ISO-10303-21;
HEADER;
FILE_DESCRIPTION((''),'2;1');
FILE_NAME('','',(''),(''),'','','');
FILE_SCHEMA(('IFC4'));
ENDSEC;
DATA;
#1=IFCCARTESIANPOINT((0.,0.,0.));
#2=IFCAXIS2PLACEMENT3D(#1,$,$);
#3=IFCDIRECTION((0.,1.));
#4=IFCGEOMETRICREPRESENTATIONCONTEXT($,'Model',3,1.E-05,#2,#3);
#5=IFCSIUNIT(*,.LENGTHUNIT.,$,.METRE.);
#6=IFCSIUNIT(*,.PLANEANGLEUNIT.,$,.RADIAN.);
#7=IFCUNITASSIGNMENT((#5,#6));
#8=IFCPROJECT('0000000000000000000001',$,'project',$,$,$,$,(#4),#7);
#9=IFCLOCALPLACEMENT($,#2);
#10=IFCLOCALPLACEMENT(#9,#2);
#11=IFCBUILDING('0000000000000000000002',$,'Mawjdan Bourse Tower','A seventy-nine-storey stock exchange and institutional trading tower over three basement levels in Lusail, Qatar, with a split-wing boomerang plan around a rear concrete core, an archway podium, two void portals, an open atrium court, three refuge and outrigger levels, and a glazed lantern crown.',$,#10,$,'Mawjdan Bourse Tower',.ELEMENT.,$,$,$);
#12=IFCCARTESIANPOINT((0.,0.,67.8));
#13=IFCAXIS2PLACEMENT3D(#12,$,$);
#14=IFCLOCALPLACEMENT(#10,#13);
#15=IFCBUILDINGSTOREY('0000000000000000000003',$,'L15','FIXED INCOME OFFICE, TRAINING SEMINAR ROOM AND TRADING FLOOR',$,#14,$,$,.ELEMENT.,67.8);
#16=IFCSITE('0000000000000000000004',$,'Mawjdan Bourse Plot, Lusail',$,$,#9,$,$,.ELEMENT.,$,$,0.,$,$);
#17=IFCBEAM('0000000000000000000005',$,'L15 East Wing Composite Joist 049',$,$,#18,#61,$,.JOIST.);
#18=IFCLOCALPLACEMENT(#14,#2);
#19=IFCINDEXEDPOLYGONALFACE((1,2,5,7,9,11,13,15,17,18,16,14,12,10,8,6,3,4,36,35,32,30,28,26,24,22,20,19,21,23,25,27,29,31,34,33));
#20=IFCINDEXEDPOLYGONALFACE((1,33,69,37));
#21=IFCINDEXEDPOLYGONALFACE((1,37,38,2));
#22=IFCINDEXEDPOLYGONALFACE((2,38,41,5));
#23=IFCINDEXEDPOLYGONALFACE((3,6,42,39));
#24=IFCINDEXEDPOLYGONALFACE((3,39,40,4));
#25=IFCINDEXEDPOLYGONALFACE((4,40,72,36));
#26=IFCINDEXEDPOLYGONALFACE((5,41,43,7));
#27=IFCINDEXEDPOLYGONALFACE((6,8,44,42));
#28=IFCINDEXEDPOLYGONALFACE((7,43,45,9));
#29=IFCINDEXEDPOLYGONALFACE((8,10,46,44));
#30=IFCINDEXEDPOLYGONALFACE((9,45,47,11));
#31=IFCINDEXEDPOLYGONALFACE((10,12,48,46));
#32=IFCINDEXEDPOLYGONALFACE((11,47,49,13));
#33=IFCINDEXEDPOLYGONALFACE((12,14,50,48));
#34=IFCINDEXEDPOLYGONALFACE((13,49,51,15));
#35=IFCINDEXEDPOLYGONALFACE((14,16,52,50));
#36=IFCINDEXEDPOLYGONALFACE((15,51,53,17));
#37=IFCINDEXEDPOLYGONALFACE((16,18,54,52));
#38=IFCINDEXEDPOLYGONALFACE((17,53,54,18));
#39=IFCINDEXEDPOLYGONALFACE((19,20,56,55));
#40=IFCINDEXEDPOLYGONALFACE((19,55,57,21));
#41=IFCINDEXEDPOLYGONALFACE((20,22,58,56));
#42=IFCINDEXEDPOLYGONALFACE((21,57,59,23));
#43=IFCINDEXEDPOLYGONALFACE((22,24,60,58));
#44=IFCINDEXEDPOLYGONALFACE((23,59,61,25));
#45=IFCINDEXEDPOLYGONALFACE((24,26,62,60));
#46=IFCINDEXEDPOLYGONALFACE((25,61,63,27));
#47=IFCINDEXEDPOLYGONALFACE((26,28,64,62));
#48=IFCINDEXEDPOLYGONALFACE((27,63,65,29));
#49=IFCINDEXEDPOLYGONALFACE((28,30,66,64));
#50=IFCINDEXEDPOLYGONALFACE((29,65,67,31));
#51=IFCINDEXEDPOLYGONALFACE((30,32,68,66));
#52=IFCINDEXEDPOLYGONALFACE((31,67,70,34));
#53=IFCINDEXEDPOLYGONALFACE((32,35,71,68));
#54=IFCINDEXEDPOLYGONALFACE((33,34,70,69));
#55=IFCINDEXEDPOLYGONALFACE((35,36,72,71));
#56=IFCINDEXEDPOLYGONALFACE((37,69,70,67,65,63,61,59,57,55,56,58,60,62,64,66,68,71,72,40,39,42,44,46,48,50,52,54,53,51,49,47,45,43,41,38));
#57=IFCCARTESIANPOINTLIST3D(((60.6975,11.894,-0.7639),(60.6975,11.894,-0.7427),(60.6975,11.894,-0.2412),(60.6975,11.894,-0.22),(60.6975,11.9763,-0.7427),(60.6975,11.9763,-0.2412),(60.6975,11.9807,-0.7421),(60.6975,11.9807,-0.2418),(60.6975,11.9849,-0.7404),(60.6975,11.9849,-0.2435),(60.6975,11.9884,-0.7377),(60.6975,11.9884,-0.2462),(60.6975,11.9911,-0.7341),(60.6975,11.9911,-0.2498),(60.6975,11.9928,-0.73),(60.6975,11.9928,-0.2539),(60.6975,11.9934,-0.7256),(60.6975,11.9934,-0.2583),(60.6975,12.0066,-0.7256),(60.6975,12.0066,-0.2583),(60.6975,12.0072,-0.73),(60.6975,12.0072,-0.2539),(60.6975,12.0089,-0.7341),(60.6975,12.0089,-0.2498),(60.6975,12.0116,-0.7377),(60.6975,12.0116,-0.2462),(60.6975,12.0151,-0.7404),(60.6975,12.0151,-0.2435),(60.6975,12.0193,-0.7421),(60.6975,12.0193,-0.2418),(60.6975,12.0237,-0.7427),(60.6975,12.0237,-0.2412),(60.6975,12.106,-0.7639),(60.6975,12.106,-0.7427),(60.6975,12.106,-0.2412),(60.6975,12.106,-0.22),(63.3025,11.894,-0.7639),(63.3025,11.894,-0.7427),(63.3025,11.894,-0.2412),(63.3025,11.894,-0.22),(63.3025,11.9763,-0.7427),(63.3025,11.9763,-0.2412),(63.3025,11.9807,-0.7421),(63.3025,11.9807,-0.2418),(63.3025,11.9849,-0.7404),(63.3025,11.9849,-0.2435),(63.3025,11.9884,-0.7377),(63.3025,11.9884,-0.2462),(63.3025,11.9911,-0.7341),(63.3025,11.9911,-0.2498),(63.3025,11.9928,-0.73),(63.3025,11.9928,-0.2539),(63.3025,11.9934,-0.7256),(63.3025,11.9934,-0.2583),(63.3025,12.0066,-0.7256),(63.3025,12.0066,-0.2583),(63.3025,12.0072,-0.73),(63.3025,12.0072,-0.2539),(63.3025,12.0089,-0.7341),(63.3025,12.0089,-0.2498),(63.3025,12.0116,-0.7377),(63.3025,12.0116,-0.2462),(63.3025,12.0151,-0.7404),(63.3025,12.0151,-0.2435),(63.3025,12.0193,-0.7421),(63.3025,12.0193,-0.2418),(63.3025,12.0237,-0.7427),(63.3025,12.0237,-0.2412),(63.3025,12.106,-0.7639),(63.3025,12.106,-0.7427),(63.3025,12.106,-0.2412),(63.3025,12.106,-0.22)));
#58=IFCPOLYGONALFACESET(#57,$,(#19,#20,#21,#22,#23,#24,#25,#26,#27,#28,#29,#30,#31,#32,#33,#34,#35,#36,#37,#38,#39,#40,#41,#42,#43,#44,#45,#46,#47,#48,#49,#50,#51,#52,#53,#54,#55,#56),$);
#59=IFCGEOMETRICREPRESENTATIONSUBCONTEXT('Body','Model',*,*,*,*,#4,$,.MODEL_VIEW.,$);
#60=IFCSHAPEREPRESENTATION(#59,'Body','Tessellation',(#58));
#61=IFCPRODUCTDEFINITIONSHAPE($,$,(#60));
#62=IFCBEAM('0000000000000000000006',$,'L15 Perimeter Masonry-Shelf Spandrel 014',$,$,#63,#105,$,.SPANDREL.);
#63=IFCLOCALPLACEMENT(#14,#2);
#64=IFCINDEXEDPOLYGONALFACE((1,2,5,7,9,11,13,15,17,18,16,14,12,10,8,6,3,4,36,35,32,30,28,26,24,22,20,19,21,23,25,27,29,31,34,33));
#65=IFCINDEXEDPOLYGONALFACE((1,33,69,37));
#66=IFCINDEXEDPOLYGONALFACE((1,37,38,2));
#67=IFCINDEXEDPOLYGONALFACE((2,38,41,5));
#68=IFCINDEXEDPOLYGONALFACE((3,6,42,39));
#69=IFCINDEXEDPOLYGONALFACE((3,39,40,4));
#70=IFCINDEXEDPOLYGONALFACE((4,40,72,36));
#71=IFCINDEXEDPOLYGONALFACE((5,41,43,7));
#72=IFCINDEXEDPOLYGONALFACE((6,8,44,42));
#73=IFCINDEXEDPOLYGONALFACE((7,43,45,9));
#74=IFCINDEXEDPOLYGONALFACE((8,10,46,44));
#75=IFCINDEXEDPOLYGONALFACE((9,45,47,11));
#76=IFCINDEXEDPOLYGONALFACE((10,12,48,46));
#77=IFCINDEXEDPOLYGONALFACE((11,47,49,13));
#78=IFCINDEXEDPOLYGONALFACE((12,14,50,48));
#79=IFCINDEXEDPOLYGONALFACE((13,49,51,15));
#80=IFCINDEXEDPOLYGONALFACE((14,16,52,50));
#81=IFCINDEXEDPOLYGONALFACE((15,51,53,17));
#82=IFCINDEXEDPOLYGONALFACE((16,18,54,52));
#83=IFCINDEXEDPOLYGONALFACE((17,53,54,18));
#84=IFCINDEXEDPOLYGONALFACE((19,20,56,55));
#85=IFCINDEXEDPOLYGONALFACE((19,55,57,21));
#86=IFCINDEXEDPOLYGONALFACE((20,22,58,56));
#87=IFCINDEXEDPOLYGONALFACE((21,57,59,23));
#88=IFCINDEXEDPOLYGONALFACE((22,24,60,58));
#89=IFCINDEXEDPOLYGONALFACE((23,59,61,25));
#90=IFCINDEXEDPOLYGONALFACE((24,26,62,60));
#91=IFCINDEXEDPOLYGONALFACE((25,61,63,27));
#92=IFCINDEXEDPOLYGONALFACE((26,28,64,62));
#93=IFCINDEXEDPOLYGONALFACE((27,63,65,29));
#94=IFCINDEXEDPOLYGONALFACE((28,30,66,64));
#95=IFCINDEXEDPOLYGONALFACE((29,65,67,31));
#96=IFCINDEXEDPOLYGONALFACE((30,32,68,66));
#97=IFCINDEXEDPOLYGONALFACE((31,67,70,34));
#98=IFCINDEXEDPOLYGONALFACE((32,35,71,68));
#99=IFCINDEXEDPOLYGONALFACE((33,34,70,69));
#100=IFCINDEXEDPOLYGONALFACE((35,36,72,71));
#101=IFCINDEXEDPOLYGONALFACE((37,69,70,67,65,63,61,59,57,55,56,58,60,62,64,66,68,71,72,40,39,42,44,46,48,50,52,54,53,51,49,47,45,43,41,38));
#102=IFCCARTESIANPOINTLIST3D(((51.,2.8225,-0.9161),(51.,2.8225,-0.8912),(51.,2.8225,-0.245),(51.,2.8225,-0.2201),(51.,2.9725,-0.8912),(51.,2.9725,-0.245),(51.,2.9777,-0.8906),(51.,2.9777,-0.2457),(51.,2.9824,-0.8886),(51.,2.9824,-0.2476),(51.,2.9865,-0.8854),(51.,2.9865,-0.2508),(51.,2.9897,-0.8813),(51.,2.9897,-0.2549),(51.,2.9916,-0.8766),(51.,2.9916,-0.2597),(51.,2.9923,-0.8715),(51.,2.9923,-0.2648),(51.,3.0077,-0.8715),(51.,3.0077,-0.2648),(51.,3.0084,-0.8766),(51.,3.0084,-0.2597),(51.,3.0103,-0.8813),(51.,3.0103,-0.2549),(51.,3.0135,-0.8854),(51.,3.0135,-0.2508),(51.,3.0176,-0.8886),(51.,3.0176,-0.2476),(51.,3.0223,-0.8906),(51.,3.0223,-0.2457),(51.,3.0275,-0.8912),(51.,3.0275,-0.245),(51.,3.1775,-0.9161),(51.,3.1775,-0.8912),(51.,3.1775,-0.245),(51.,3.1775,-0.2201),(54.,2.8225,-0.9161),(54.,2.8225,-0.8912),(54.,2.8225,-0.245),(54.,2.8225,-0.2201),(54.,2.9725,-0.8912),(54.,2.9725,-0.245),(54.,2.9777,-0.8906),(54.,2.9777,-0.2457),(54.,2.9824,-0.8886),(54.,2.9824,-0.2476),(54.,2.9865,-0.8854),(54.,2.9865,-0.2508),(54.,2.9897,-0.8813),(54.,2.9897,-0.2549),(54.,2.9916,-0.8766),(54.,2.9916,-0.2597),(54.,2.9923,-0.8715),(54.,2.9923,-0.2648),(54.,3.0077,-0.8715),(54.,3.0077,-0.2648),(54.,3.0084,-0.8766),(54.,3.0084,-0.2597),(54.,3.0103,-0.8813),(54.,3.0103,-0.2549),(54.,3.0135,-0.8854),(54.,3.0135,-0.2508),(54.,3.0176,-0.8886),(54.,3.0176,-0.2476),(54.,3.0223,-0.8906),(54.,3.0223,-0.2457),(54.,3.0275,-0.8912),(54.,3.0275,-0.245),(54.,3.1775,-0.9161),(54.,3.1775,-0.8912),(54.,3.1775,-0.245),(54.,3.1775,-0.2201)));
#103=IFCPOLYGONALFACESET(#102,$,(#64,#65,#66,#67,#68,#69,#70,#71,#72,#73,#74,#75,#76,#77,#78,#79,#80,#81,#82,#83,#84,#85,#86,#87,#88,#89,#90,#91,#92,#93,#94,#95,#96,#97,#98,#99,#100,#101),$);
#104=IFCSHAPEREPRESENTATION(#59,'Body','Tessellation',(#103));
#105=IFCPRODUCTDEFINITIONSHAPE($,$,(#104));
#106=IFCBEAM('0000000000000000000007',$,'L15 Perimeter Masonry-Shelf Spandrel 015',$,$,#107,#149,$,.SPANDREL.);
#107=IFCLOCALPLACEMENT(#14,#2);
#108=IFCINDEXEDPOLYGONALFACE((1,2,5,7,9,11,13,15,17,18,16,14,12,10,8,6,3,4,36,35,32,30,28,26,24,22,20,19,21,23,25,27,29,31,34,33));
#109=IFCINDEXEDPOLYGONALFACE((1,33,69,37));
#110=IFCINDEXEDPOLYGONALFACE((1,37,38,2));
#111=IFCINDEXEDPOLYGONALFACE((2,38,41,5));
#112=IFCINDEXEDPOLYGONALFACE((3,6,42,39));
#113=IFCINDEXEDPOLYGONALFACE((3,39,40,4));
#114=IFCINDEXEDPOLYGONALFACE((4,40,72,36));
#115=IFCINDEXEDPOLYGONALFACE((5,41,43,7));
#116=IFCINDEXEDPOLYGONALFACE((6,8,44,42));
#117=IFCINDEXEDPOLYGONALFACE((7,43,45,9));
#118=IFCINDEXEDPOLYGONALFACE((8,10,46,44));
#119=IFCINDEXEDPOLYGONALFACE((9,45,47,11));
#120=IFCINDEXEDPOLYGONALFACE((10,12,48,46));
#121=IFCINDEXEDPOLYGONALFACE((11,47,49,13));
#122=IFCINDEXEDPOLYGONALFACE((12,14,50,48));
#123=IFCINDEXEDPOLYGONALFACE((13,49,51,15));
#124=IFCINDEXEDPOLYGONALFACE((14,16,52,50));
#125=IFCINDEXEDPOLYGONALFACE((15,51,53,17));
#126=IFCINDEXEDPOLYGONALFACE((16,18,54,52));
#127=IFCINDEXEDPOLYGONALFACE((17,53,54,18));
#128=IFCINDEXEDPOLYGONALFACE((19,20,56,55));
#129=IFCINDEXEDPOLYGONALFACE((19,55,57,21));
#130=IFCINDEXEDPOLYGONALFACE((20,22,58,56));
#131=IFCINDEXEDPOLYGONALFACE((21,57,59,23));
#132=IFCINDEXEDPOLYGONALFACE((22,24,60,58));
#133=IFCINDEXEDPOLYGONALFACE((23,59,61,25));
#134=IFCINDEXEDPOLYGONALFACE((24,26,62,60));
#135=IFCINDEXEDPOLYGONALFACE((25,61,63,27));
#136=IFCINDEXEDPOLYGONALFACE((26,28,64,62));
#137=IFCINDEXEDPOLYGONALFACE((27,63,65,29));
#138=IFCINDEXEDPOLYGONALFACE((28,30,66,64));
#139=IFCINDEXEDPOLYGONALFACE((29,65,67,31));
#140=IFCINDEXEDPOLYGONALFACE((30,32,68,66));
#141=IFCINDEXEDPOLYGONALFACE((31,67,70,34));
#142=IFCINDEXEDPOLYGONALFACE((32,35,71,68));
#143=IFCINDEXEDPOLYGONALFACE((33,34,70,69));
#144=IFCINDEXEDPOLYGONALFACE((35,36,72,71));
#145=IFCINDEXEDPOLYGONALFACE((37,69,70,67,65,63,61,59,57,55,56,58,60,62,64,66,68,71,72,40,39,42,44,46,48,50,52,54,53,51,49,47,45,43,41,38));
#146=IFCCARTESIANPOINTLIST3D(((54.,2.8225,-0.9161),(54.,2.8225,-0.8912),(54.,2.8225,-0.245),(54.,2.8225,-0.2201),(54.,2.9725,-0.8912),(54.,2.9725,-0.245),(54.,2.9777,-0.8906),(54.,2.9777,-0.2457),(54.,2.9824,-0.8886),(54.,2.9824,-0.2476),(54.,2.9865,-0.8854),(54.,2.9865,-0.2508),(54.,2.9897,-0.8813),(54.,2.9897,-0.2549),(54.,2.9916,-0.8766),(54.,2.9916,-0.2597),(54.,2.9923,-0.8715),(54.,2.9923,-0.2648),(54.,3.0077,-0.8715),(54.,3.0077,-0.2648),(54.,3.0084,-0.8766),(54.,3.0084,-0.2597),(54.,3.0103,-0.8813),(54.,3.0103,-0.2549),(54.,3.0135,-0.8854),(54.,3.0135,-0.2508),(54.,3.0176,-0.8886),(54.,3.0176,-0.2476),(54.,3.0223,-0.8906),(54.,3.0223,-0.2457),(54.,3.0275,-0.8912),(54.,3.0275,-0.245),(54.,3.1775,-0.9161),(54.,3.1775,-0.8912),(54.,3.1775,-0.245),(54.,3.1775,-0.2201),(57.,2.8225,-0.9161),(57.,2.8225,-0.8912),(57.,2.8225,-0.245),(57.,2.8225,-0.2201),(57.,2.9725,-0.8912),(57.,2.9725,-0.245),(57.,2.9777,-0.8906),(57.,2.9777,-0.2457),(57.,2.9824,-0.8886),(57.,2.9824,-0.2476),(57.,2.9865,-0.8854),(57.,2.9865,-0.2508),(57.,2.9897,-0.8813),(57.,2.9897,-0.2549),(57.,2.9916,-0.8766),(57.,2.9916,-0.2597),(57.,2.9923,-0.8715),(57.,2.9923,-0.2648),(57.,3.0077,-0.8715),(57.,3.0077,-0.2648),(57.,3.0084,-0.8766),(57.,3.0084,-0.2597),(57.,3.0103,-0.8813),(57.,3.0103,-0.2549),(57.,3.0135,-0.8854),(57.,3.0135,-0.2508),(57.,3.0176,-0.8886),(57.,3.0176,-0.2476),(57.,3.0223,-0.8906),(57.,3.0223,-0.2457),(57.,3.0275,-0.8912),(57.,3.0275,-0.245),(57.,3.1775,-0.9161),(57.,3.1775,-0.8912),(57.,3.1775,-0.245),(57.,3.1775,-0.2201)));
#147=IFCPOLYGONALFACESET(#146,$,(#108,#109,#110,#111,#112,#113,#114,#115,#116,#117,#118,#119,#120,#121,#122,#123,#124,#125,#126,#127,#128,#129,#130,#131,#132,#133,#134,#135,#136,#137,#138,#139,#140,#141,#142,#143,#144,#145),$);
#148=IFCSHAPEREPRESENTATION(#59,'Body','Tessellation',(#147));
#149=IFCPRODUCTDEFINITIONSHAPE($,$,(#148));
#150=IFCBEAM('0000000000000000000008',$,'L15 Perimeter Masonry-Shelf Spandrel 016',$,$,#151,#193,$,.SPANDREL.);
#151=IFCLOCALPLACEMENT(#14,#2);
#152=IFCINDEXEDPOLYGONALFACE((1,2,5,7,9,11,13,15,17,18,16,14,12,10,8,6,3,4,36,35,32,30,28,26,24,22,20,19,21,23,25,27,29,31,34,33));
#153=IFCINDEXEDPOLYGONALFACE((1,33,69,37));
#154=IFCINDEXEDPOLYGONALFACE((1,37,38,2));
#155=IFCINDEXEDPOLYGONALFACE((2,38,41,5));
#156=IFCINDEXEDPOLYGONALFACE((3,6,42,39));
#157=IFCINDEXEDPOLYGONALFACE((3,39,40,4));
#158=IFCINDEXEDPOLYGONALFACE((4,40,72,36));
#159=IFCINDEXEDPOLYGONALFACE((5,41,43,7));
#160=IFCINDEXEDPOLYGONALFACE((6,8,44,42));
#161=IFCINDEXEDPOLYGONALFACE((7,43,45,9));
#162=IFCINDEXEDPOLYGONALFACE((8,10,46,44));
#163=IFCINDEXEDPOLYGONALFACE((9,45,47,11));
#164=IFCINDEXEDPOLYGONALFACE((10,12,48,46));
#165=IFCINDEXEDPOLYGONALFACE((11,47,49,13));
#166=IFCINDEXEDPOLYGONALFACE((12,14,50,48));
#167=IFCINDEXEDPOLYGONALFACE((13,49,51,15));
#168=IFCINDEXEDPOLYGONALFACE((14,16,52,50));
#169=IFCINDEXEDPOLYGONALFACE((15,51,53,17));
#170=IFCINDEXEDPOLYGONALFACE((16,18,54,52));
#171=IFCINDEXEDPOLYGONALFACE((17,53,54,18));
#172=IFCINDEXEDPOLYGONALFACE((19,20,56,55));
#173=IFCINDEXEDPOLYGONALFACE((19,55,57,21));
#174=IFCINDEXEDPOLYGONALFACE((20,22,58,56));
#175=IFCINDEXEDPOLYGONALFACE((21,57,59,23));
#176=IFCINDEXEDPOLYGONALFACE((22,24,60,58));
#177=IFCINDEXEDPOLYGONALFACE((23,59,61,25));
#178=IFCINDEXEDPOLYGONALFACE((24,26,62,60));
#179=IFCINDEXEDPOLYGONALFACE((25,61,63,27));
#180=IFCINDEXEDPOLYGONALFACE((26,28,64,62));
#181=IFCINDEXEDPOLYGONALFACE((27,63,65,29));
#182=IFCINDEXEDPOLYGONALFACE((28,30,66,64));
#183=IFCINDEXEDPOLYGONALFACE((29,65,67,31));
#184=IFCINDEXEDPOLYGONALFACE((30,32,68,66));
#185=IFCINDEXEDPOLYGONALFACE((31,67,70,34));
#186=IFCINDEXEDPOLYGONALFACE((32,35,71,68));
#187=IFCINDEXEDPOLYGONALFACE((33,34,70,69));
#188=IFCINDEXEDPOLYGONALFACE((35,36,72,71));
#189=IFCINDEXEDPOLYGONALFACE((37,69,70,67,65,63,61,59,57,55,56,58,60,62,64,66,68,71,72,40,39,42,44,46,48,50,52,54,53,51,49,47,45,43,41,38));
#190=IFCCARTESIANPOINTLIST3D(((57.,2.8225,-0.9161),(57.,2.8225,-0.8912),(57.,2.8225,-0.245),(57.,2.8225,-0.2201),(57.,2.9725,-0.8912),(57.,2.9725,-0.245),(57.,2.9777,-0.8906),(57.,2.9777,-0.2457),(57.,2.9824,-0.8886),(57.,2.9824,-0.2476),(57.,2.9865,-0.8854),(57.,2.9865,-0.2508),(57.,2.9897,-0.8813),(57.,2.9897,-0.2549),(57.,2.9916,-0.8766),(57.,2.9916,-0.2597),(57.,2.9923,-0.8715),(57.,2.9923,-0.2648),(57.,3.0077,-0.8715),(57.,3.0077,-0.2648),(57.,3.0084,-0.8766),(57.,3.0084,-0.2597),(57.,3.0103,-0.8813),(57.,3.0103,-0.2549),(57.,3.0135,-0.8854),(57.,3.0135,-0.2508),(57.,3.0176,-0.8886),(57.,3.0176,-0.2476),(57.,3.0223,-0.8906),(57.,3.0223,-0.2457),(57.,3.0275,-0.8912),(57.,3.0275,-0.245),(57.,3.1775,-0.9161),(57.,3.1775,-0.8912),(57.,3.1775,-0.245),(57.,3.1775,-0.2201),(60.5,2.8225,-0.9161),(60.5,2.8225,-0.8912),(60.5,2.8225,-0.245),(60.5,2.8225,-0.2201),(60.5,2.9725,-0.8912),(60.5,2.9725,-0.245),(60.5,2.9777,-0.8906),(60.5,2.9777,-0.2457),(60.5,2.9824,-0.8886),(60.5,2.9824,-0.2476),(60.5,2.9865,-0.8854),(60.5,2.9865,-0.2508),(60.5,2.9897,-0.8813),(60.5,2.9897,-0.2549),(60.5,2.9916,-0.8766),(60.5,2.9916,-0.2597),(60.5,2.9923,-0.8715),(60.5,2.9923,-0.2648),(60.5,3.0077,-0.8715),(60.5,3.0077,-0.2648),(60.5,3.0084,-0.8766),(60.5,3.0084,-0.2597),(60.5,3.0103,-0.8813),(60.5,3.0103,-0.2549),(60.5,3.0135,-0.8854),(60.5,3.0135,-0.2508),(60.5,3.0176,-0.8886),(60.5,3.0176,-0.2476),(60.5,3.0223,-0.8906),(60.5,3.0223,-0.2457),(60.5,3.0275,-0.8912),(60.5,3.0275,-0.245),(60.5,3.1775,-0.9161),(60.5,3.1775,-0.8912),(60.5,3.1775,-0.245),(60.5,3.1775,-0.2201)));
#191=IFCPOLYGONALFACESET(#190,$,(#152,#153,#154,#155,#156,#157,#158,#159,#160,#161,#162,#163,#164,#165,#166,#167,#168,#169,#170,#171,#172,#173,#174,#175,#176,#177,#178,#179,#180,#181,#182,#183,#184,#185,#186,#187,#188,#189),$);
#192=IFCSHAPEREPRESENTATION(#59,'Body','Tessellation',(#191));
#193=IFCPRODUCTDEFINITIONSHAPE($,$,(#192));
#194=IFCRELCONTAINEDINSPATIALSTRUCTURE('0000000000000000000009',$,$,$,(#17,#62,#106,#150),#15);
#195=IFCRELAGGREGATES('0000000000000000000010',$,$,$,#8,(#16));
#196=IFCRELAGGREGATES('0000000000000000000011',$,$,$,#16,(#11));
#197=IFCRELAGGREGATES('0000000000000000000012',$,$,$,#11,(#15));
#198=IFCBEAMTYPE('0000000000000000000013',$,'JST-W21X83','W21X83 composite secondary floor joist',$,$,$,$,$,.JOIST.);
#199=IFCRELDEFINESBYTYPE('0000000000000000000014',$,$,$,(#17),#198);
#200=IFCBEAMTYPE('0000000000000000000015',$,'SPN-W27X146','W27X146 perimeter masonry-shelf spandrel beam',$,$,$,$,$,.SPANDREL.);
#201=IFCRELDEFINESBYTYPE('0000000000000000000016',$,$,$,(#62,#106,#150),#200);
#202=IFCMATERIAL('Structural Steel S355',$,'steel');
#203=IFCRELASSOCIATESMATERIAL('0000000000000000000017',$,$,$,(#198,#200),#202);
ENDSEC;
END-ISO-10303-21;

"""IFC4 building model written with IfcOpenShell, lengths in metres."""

from ifc_helpers import new_model, si_unit, direction, frame, origin, origin_2d, place, context, subcontext, project, spatial, i_section, extrude, material, material_profile, profile_set, type_object, element, save


model = new_model("IFC4")

# Units and contexts
model_context = context("Model", 3, precision=1e-05, world=origin(), true_north=direction((0.0, 1.0)))
body_context = subcontext(model_context, "Body", "Model", "MODEL_VIEW")
ifc_project = project(units=[si_unit("LENGTHUNIT", "METRE"), si_unit("PLANEANGLEUNIT", "RADIAN")], contexts=[model_context])

# Site, building, storey
site_placement = place(None, origin())
site = spatial("IfcSite", under=ifc_project, at=site_placement, Name="Mawjdan Bourse Plot, Lusail", CompositionType="ELEMENT", RefElevation=0.0)
building_placement = place(site_placement, origin())
building = spatial("IfcBuilding", under=site, at=building_placement, Name="Mawjdan Bourse Tower", Description="A seventy-nine-storey stock exchange and institutional trading tower over three basement levels in Lusail, Qatar, with a split-wing boomerang plan around a rear concrete core, an archway podium, two void portals, an open atrium court, three refuge and outrigger levels, and a glazed lantern crown.", LongName="Mawjdan Bourse Tower", CompositionType="ELEMENT")
storey_placement = place(building_placement, frame((0.0, 0.0, 67.8)))
storey = spatial("IfcBuildingStorey", under=building, at=storey_placement, Name="L15", Description="FIXED INCOME OFFICE, TRAINING SEMINAR ROOM AND TRADING FLOOR", CompositionType="ELEMENT", Elevation=67.8)

# Beams
ifc_material_1 = material(Name="Structural Steel S355", Category="steel")
ifc_material_profile_1 = material_profile(ifc_material_1, i_section(OverallWidth=0.2119, OverallDepth=0.5439, WebThickness=0.0132, FlangeThickness=0.0212, FilletRadius=0.0171, at=origin_2d()), Name="W21X83")
ifc_profile_set_1 = profile_set([ifc_material_profile_1], Name="Structural Steel S355")
beam_type_1 = type_object("IfcBeamType", Name="JST-W21X83", Description="W21X83 composite secondary floor joist", PredefinedType="JOIST", material=ifc_profile_set_1)
beam_1_placement = place(storey_placement, frame((60.6975, 12.0, -0.4919), z_axis=(1.0, 0.0, 0.0), x_axis=(0.0, 1.0, 0.0)))
element("IfcBeam", 1, at=beam_1_placement, inside=storey, type_object=beam_type_1, Name="L15 East Wing Composite Joist 049", PredefinedType="JOIST", context=body_context, shape_type="SweptSolid", body=[
    extrude(i_section(OverallWidth=0.2119, OverallDepth=0.5439, WebThickness=0.0132, FlangeThickness=0.0212, FilletRadius=0.0171, at=origin_2d()), origin(), (0.0, 0.0, 1.0), 2.605),
])
ifc_material_profile_2 = material_profile(ifc_material_1, i_section(OverallWidth=0.355, OverallDepth=0.696, WebThickness=0.0154, FlangeThickness=0.0249, FilletRadius=0.0198, at=origin_2d()), Name="W27X146")
ifc_profile_set_2 = profile_set([ifc_material_profile_2], Name="Structural Steel S355")
beam_type_2 = type_object("IfcBeamType", Name="SPN-W27X146", Description="W27X146 perimeter masonry-shelf spandrel beam", PredefinedType="SPANDREL", material=ifc_profile_set_2)
for number, where, z_axis, x_axis, name in (
    (2, (51.0, 3.0, -0.5681), (1.0, 0.0, 0.0), (0.0, 1.0, 0.0), "L15 Perimeter Masonry-Shelf Spandrel 014"),
    (3, (54.0, 3.0, -0.5681), (1.0, 0.0, 0.0), (0.0, 1.0, 0.0), "L15 Perimeter Masonry-Shelf Spandrel 015"),
):
    element("IfcBeam", number, at=place(storey_placement, frame(where, z_axis=z_axis, x_axis=x_axis)), inside=storey, type_object=beam_type_2, Name=name, PredefinedType="SPANDREL", context=body_context, shape_type="SweptSolid", body=[
        extrude(i_section(OverallWidth=0.355, OverallDepth=0.696, WebThickness=0.0154, FlangeThickness=0.0249, FilletRadius=0.0198, at=origin_2d()), origin(), (0.0, 0.0, 1.0), 3.0),
    ])
beam_2_placement = place(storey_placement, frame((57.0, 3.0, -0.5681), z_axis=(1.0, 0.0, 0.0), x_axis=(0.0, 1.0, 0.0)))
element("IfcBeam", 4, at=beam_2_placement, inside=storey, type_object=beam_type_2, Name="L15 Perimeter Masonry-Shelf Spandrel 016", PredefinedType="SPANDREL", context=body_context, shape_type="SweptSolid", body=[
    extrude(i_section(OverallWidth=0.355, OverallDepth=0.696, WebThickness=0.0154, FlangeThickness=0.0249, FilletRadius=0.0198, at=origin_2d()), origin(), (0.0, 0.0, 1.0), 3.5),
])

save(model, "model.ifc")
